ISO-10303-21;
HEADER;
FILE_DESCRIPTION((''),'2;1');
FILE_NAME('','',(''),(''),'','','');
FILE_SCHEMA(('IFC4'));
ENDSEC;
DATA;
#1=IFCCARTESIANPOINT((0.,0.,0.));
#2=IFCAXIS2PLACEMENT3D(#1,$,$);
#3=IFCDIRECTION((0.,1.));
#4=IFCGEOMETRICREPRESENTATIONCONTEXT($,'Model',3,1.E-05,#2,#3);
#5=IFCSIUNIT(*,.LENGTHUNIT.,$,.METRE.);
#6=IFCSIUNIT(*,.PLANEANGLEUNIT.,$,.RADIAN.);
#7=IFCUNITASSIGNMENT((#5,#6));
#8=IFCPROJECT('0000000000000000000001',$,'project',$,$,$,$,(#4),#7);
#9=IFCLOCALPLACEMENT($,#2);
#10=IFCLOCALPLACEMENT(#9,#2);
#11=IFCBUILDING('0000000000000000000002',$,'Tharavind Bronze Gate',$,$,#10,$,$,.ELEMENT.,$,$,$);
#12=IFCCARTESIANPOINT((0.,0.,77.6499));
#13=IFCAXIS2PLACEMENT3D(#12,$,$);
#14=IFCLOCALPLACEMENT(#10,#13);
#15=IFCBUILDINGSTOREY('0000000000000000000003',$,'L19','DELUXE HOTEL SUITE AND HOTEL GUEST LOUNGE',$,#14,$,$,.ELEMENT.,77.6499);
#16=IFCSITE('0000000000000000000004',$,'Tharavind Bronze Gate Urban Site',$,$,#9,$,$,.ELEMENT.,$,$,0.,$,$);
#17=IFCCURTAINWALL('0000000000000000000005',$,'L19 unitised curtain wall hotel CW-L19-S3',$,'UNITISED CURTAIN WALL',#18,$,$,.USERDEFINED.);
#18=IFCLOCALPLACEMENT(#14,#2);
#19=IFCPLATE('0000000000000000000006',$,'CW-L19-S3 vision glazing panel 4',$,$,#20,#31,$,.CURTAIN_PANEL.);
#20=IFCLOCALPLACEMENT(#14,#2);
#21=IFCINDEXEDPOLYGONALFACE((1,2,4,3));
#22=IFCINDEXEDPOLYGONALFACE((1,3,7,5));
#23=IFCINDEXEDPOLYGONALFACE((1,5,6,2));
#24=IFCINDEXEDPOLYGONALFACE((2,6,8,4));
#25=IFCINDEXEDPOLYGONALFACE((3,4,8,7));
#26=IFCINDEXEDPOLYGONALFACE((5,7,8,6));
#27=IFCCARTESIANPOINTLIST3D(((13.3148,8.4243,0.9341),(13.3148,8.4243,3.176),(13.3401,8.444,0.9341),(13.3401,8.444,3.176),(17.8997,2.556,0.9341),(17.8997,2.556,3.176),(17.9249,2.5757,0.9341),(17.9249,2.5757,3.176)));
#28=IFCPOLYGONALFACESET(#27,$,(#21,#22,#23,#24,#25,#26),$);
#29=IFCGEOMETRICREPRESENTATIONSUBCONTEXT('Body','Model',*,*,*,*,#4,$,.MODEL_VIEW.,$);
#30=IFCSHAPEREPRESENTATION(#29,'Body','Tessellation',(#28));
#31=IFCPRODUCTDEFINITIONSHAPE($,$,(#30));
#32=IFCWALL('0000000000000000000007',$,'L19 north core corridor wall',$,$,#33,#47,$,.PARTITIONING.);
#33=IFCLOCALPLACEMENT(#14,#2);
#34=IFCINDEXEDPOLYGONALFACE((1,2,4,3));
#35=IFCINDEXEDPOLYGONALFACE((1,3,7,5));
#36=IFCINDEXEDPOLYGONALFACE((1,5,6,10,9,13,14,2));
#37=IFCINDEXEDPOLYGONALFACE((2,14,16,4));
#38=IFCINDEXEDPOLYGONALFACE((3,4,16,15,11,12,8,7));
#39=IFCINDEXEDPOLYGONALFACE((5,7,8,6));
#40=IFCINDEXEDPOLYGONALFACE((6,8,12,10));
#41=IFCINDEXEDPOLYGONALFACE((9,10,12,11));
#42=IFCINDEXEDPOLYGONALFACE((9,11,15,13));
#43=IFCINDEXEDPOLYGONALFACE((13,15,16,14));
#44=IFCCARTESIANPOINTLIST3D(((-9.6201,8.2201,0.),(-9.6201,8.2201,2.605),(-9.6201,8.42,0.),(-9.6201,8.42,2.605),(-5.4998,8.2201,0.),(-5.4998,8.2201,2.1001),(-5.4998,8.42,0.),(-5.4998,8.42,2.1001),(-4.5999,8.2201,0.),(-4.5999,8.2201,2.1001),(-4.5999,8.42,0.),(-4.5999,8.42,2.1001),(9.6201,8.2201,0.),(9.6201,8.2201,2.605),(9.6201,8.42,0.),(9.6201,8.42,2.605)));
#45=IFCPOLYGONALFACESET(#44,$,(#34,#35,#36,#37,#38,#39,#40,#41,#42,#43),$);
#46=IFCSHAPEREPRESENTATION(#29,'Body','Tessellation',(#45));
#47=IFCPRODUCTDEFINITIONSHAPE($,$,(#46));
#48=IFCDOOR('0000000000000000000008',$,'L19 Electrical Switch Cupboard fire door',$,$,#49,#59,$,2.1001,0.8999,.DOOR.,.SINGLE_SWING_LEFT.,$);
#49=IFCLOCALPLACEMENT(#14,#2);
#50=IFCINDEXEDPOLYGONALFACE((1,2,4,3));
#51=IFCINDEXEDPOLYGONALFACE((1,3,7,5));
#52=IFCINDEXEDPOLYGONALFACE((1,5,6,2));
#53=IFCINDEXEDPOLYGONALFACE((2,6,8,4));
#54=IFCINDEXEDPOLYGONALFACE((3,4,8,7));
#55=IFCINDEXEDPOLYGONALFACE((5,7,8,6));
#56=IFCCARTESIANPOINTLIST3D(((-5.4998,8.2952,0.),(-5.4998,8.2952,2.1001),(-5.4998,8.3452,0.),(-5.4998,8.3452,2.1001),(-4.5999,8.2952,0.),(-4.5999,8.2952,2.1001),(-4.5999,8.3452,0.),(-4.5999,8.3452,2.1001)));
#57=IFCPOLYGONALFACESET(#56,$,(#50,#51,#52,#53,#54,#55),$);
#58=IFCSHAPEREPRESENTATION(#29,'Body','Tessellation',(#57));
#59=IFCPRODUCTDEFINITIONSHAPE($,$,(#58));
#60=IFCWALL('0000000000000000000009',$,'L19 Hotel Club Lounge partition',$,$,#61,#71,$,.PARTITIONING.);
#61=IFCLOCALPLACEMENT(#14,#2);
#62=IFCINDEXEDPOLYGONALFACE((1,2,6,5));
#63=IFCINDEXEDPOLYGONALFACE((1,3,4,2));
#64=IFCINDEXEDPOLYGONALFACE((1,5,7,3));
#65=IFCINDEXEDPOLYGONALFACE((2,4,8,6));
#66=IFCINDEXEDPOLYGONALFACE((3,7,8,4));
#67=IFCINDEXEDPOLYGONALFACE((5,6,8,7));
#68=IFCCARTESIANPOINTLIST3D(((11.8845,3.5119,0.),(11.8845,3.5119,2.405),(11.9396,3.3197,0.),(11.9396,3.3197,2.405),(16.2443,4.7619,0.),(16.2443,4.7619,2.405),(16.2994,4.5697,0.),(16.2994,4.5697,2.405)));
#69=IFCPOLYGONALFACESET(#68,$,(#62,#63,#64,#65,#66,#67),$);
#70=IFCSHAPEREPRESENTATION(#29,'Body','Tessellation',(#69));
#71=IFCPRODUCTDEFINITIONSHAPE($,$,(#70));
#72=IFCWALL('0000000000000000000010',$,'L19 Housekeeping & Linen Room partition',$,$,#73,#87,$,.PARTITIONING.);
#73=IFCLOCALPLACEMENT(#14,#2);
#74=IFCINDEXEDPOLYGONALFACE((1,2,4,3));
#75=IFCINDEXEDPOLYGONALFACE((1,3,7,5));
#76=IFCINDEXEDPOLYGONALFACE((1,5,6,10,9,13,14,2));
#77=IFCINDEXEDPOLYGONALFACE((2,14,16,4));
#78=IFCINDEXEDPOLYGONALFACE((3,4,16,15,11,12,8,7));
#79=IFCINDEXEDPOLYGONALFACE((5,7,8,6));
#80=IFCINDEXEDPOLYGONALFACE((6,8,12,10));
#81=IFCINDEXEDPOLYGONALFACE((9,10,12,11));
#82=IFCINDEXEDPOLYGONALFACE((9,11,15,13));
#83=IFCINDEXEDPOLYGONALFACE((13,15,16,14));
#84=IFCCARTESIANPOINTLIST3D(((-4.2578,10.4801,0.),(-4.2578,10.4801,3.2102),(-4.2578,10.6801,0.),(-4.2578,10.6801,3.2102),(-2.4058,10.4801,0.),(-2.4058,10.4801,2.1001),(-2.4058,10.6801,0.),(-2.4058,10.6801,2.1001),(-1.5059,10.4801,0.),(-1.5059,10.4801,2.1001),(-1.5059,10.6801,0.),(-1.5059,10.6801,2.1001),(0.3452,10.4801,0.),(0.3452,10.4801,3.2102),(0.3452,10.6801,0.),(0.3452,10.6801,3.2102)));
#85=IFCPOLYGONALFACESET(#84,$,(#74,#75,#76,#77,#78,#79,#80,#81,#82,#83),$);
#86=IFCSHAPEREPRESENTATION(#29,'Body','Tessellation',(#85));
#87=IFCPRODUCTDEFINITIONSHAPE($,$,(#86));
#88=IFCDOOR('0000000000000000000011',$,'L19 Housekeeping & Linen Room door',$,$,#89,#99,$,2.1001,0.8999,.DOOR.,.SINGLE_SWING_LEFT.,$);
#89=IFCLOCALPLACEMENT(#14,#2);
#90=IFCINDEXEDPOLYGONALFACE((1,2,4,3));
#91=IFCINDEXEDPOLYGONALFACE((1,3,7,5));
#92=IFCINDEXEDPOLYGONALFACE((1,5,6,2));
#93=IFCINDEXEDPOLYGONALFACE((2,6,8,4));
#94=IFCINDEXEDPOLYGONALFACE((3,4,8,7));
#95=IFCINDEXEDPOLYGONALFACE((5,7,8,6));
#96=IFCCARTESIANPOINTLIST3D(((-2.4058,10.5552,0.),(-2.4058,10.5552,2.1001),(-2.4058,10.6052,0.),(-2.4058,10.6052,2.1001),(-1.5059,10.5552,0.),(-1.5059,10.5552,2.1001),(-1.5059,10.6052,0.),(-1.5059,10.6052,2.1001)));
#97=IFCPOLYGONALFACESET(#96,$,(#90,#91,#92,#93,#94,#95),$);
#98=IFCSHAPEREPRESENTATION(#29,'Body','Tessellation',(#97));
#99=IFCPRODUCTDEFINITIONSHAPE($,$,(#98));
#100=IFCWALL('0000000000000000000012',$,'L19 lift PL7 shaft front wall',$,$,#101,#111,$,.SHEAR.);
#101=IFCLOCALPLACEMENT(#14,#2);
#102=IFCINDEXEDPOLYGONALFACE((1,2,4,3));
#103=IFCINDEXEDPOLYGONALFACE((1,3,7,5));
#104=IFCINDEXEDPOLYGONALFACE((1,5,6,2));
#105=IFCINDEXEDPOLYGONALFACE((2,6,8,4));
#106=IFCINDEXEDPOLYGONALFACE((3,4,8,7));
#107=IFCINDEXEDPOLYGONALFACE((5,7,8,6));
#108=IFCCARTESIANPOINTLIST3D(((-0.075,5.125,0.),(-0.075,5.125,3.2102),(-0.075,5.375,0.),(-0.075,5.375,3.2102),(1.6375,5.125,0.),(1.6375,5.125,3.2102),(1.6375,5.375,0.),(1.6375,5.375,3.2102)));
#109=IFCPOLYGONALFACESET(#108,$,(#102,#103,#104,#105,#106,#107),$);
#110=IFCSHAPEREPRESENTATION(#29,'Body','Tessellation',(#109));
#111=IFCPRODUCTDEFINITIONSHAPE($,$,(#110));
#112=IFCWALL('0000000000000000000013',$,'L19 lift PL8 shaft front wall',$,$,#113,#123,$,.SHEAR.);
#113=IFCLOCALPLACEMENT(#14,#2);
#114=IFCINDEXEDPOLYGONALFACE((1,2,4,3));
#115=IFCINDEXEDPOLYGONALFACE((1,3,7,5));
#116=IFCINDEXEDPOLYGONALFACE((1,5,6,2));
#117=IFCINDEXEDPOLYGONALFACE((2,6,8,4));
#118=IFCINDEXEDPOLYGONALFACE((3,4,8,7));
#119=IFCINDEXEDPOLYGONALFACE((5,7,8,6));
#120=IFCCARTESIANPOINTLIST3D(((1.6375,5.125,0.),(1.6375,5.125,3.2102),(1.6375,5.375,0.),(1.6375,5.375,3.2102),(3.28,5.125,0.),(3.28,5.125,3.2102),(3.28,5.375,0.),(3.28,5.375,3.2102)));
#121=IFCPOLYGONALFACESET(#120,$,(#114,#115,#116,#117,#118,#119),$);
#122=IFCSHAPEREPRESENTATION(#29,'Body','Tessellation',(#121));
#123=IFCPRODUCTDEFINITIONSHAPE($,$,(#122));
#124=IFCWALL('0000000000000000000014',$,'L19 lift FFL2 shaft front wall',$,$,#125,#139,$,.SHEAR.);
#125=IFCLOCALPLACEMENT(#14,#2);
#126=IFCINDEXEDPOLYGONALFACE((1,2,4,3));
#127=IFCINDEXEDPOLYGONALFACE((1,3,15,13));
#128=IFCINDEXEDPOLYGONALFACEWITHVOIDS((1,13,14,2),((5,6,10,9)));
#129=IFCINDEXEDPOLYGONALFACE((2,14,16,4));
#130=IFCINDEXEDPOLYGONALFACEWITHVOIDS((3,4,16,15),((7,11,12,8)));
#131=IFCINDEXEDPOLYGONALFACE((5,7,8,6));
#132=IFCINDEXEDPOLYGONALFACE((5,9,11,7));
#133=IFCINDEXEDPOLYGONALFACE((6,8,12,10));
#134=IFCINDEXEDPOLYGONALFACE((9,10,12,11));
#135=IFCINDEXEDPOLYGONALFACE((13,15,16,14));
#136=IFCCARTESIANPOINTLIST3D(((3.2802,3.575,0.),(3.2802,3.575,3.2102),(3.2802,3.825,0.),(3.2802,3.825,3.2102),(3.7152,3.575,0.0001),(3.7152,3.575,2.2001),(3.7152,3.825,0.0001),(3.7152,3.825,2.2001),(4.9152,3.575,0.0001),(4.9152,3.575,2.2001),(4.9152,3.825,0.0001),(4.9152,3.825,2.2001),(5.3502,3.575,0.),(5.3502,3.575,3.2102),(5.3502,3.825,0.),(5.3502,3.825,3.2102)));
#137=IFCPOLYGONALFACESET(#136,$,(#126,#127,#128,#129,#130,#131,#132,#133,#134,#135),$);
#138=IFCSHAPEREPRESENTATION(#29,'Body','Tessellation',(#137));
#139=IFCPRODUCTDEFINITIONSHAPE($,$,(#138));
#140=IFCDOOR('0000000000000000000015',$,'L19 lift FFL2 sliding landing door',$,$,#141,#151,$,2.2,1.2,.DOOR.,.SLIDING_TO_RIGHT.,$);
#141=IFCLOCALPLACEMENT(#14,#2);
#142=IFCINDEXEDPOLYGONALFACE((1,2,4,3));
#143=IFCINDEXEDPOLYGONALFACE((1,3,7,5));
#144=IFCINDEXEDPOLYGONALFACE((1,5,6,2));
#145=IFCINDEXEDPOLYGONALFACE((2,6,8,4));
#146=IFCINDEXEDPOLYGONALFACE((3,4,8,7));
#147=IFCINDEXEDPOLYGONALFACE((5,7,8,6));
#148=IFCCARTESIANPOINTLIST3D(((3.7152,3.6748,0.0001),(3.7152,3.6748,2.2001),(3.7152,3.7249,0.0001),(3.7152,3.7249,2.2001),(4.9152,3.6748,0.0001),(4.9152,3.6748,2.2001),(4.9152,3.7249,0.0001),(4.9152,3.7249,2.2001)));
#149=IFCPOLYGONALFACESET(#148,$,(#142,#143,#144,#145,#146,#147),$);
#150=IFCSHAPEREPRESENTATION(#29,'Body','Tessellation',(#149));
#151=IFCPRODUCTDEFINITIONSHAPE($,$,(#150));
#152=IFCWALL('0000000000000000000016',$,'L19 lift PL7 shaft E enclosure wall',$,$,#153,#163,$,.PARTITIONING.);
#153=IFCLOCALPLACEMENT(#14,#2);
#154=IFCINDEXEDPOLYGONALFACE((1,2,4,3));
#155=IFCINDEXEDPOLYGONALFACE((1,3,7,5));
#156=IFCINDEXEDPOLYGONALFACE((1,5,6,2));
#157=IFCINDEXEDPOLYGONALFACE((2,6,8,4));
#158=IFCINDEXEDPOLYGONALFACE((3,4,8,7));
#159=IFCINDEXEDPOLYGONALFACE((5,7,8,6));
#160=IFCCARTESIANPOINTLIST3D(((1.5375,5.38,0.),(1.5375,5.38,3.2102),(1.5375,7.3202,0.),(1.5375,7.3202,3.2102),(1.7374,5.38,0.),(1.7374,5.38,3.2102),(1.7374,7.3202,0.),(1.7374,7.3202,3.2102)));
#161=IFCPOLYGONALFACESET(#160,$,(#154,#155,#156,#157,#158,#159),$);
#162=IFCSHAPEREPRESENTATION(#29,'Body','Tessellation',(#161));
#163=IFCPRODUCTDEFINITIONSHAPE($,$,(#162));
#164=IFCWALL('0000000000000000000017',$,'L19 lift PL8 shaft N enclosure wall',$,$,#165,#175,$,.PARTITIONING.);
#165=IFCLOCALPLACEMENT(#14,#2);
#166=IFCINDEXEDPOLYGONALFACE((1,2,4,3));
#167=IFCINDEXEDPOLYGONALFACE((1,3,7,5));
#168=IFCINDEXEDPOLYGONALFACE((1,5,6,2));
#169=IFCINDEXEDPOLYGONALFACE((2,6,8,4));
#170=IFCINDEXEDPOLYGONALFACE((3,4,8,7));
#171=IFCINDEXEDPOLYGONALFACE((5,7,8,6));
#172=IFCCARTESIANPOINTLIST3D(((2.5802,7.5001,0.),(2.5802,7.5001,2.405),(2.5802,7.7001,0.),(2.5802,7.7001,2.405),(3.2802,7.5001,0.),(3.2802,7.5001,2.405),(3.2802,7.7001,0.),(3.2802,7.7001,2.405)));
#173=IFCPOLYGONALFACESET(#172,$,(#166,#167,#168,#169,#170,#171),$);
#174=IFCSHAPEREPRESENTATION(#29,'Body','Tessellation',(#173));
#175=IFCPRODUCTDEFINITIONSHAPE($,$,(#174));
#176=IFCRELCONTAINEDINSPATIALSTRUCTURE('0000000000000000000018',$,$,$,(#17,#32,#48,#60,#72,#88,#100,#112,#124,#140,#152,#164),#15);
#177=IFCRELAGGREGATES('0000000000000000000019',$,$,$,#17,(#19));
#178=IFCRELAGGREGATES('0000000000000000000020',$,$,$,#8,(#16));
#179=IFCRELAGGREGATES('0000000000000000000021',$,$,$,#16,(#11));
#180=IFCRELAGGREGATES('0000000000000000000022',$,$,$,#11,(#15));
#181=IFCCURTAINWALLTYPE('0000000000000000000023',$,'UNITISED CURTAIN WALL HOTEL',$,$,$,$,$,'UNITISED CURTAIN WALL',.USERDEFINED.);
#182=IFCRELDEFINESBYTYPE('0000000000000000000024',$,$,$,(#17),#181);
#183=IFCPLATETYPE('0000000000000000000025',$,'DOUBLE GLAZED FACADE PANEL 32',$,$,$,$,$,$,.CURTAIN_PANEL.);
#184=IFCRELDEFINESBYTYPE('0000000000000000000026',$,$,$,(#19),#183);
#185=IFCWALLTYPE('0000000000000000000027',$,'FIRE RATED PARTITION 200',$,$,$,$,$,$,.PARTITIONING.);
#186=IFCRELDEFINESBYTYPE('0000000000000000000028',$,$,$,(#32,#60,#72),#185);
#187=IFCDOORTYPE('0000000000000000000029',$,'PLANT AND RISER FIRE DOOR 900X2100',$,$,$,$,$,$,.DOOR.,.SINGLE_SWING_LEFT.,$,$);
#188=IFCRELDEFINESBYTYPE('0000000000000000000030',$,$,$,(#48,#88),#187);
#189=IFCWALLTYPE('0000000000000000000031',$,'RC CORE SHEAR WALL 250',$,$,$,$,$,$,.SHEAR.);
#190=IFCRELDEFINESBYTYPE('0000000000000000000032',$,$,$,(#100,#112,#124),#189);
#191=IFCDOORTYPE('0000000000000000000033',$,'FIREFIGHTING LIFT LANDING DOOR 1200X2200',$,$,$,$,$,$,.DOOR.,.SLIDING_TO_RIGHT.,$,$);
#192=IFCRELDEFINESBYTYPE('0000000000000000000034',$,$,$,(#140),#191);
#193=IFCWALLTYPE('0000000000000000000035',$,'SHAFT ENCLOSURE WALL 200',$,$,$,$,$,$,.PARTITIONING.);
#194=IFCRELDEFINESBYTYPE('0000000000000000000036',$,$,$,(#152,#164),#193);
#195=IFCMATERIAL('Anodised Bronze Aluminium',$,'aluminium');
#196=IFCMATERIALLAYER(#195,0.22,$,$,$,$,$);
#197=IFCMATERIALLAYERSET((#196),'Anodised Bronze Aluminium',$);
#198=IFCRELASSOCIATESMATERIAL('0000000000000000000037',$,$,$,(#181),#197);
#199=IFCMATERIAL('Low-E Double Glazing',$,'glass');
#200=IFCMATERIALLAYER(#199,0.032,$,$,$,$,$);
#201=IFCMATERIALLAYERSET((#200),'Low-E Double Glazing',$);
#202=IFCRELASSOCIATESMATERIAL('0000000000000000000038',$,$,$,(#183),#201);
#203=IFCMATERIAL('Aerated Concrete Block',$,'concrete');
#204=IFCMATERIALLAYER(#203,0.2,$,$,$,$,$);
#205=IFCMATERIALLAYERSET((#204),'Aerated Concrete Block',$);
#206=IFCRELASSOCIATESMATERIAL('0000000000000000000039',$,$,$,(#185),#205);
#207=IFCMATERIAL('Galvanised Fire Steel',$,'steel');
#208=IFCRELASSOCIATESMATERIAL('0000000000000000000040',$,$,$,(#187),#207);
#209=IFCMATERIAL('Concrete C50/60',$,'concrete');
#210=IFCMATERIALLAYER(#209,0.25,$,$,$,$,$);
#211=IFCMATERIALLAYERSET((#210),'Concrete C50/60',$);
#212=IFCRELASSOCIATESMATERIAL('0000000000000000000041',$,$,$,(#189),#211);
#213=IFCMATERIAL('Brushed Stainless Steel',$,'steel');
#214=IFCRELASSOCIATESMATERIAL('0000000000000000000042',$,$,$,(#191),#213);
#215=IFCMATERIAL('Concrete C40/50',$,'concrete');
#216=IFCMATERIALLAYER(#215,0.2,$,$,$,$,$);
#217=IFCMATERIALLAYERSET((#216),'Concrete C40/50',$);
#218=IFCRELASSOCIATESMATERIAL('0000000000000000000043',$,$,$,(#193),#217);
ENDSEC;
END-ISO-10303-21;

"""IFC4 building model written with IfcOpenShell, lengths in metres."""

from ifc_helpers import new_model, si_unit, direction, frame, frame_2d, origin, origin_2d, place, context, subcontext, project, spatial, rectangle, extrude, material, layer, layer_set, type_object, element, fill, aggregate, save


model = new_model("IFC4")

# Units and contexts
model_context = context("Model", 3, precision=1e-05, world=origin(), true_north=direction((0.0, 1.0)))
body_context = subcontext(model_context, "Body", "Model", "MODEL_VIEW")
ifc_project = project(units=[si_unit("LENGTHUNIT", "METRE"), si_unit("PLANEANGLEUNIT", "RADIAN")], contexts=[model_context])

# Site, building, storey
site_placement = place(None, origin())
site = spatial("IfcSite", under=ifc_project, at=site_placement, Name="Tharavind Bronze Gate Urban Site", CompositionType="ELEMENT", RefElevation=0.0)
building_placement = place(site_placement, origin())
building = spatial("IfcBuilding", under=site, at=building_placement, Name="Tharavind Bronze Gate", CompositionType="ELEMENT")
storey_placement = place(building_placement, frame((0.0, 0.0, 77.6499)))
storey = spatial("IfcBuildingStorey", under=building, at=storey_placement, Name="L19", Description="DELUXE HOTEL SUITE AND HOTEL GUEST LOUNGE", CompositionType="ELEMENT", Elevation=77.6499)

# Curtain wall
ifc_material_1 = material(Name="Anodised Bronze Aluminium", Category="aluminium")
ifc_layer_1 = layer(ifc_material_1, 0.22)
ifc_layer_set_1 = layer_set([ifc_layer_1], Name="Anodised Bronze Aluminium")
curtain_wall_type = type_object("IfcCurtainWallType", Name="UNITISED CURTAIN WALL HOTEL", ElementType="UNITISED CURTAIN WALL", PredefinedType="USERDEFINED", material=ifc_layer_set_1)
curtain_wall_placement = place(storey_placement, origin())
curtain_wall = element("IfcCurtainWall", 1, at=curtain_wall_placement, inside=storey, type_object=curtain_wall_type, Name="L19 unitised curtain wall hotel CW-L19-S3", ObjectType="UNITISED CURTAIN WALL", PredefinedType="USERDEFINED")

# Plate
ifc_material_2 = material(Name="Low-E Double Glazing", Category="glass")
ifc_layer_2 = layer(ifc_material_2, 0.032)
ifc_layer_set_2 = layer_set([ifc_layer_2], Name="Low-E Double Glazing")
plate_type_1 = type_object("IfcPlateType", Name="DOUBLE GLAZED FACADE PANEL 32", PredefinedType="CURTAIN_PANEL", material=ifc_layer_set_2)
plate_1_placement = place(storey_placement, frame((15.6199, 5.5, 0.9341), z_axis=(0.0, 0.0, 1.0), x_axis=(-0.615661, 0.788011, 0.0)))
plate_1 = element("IfcPlate", 2, at=plate_1_placement, type_object=plate_type_1, Name="CW-L19-S3 vision glazing panel 4", PredefinedType="CURTAIN_PANEL", context=body_context, shape_type="SweptSolid", body=[
    extrude(rectangle(XDim=7.447, YDim=0.032, at=origin_2d()), origin(), (0.0, 0.0, 1.0), 2.2419),
])
aggregate(curtain_wall, [plate_1])

# Wall, opening, door
ifc_material_3 = material(Name="Aerated Concrete Block", Category="concrete")
ifc_layer_3 = layer(ifc_material_3, 0.2)
ifc_layer_set_3 = layer_set([ifc_layer_3], Name="Aerated Concrete Block")
wall_type_1 = type_object("IfcWallType", Name="FIRE RATED PARTITION 200", PredefinedType="PARTITIONING", material=ifc_layer_set_3)
wall_1_placement = place(storey_placement, frame((9.6201, 8.3201, 0.0), z_axis=(0.0, 0.0, 1.0), x_axis=(-1.0, 0.0, 0.0)))
wall_1 = element("IfcWall", 3, at=wall_1_placement, inside=storey, type_object=wall_type_1, Name="L19 north core corridor wall", PredefinedType="PARTITIONING", context=body_context, shape_type="SweptSolid", body=[
    extrude(rectangle(XDim=19.2402, YDim=0.2, at=frame_2d((9.6201, 0.0))), origin(), (0.0, 0.0, 1.0), 2.605),
])
opening_1_placement = place(wall_1_placement, frame((14.22, 0.0, 0.0)))
opening_1 = element("IfcOpeningElement", 4, at=opening_1_placement, cuts=wall_1, PredefinedType="OPENING", context=body_context, shape_type="SweptSolid", body=[
    extrude(rectangle(XDim=0.8999, YDim=2.1001, at=frame_2d((0.45, 1.05))), frame((0.0, 0.1101, 0.0), z_axis=(0.0, -1.0, 0.0), x_axis=(1.0, 0.0, 0.0)), (0.0, 0.0, 1.0), 0.22),
])
ifc_material_4 = material(Name="Galvanised Fire Steel", Category="steel")
door_type_1 = type_object("IfcDoorType", Name="PLANT AND RISER FIRE DOOR 900X2100", OperationType="SINGLE_SWING_LEFT", PredefinedType="DOOR", material=ifc_material_4)
door_1_placement = place(opening_1_placement, origin())
door_1 = element("IfcDoor", 5, at=door_1_placement, inside=storey, type_object=door_type_1, Name="L19 Electrical Switch Cupboard fire door", OperationType="SINGLE_SWING_LEFT", OverallHeight=2.1001, OverallWidth=0.8999, PredefinedType="DOOR", context=body_context, shape_type="SweptSolid", body=[
    extrude(rectangle(XDim=0.8999, YDim=2.1001, at=frame_2d((0.45, 1.05))), frame((0.0, 0.0249, 0.0), z_axis=(0.0, -1.0, 0.0), x_axis=(1.0, 0.0, 0.0)), (0.0, 0.0, 1.0), 0.05),
])
fill(opening_1, door_1)

# Wall
wall_2_placement = place(storey_placement, frame((16.2717, 4.6658, 0.0), z_axis=(0.0, 0.0, 1.0), x_axis=(-0.961272, -0.275603, 0.0)))
element("IfcWall", 6, at=wall_2_placement, inside=storey, type_object=wall_type_1, Name="L19 Hotel Club Lounge partition", PredefinedType="PARTITIONING", context=body_context, shape_type="SweptSolid", body=[
    extrude(rectangle(XDim=4.5354, YDim=0.2, at=frame_2d((2.2676, 0.0))), origin(), (0.0, 0.0, 1.0), 2.405),
])

# Wall, opening, door
wall_3_placement = place(storey_placement, frame((0.3452, 10.5801, 0.0), z_axis=(0.0, 0.0, 1.0), x_axis=(-1.0, 0.0, 0.0)))
wall_3 = element("IfcWall", 7, at=wall_3_placement, inside=storey, type_object=wall_type_1, Name="L19 Housekeeping & Linen Room partition", PredefinedType="PARTITIONING", context=body_context, shape_type="SweptSolid", body=[
    extrude(rectangle(XDim=4.603, YDim=0.2, at=frame_2d((2.3015, 0.0))), origin(), (0.0, 0.0, 1.0), 3.2102),
])
opening_2_placement = place(wall_3_placement, frame((1.8511, 0.0, 0.0)))
opening_2 = element("IfcOpeningElement", 8, at=opening_2_placement, cuts=wall_3, PredefinedType="OPENING", context=body_context, shape_type="SweptSolid", body=[
    extrude(rectangle(XDim=0.8999, YDim=2.1001, at=frame_2d((0.45, 1.05))), frame((0.0, 0.1101, 0.0), z_axis=(0.0, -1.0, 0.0), x_axis=(1.0, 0.0, 0.0)), (0.0, 0.0, 1.0), 0.22),
])
door_2_placement = place(opening_2_placement, origin())
door_2 = element("IfcDoor", 9, at=door_2_placement, inside=storey, type_object=door_type_1, Name="L19 Housekeeping & Linen Room door", OperationType="SINGLE_SWING_LEFT", OverallHeight=2.1001, OverallWidth=0.8999, PredefinedType="DOOR", context=body_context, shape_type="SweptSolid", body=[
    extrude(rectangle(XDim=0.8999, YDim=2.1001, at=frame_2d((0.45, 1.05))), frame((0.0, 0.0249, 0.0), z_axis=(0.0, -1.0, 0.0), x_axis=(1.0, 0.0, 0.0)), (0.0, 0.0, 1.0), 0.05),
])
fill(opening_2, door_2)
ifc_material_5 = material(Name="Concrete C50/60", Category="concrete")
ifc_layer_4 = layer(ifc_material_5, 0.25)
ifc_layer_set_4 = layer_set([ifc_layer_4], Name="Concrete C50/60")
wall_type_2 = type_object("IfcWallType", Name="RC CORE SHEAR WALL 250", PredefinedType="SHEAR", material=ifc_layer_set_4)

# Walls
wall_4_placement = place(storey_placement, frame((-0.075, 5.25, 0.0), z_axis=(0.0, 0.0, 1.0), x_axis=(1.0, 0.0, 0.0)))
element("IfcWall", 10, at=wall_4_placement, inside=storey, type_object=wall_type_2, Name="L19 lift PL7 shaft front wall", PredefinedType="SHEAR", context=body_context, shape_type="SweptSolid", body=[
    extrude(rectangle(XDim=1.7124, YDim=0.25, at=frame_2d((0.8562, 0.0))), origin(), (0.0, 0.0, 1.0), 3.2102),
])
wall_5_placement = place(storey_placement, frame((1.6375, 5.25, 0.0), z_axis=(0.0, 0.0, 1.0), x_axis=(1.0, 0.0, 0.0)))
element("IfcWall", 11, at=wall_5_placement, inside=storey, type_object=wall_type_2, Name="L19 lift PL8 shaft front wall", PredefinedType="SHEAR", context=body_context, shape_type="SweptSolid", body=[
    extrude(rectangle(XDim=1.6426, YDim=0.25, at=frame_2d((0.8213, 0.0))), origin(), (0.0, 0.0, 1.0), 3.2102),
])

# Wall, opening, door
wall_6_placement = place(storey_placement, frame((3.28, 3.7, 0.0), z_axis=(0.0, 0.0, 1.0), x_axis=(1.0, 0.0, 0.0)))
wall_6 = element("IfcWall", 12, at=wall_6_placement, inside=storey, type_object=wall_type_2, Name="L19 lift FFL2 shaft front wall", PredefinedType="SHEAR", context=body_context, shape_type="SweptSolid", body=[
    extrude(rectangle(XDim=2.0701, YDim=0.25, at=frame_2d((1.0352, 0.0))), origin(), (0.0, 0.0, 1.0), 3.2102),
])
opening_3_placement = place(wall_6_placement, frame((0.4351, 0.0, 0.0)))
opening_3 = element("IfcOpeningElement", 13, at=opening_3_placement, cuts=wall_6, PredefinedType="OPENING", context=body_context, shape_type="SweptSolid", body=[
    extrude(rectangle(XDim=1.2, YDim=2.2, at=frame_2d((0.6001, 1.1001))), frame((0.0, 0.135, 0.0), z_axis=(0.0, -1.0, 0.0), x_axis=(1.0, 0.0, 0.0)), (0.0, 0.0, 1.0), 0.27),
])
ifc_material_6 = material(Name="Brushed Stainless Steel", Category="steel")
door_type_2 = type_object("IfcDoorType", Name="FIREFIGHTING LIFT LANDING DOOR 1200X2200", OperationType="SLIDING_TO_RIGHT", PredefinedType="DOOR", material=ifc_material_6)
door_3_placement = place(opening_3_placement, origin())
door_3 = element("IfcDoor", 14, at=door_3_placement, inside=storey, type_object=door_type_2, Name="L19 lift FFL2 sliding landing door", OperationType="SLIDING_TO_RIGHT", OverallHeight=2.2, OverallWidth=1.2, PredefinedType="DOOR", context=body_context, shape_type="SweptSolid", body=[
    extrude(rectangle(XDim=1.2, YDim=2.2, at=frame_2d((0.6001, 1.1001))), frame((0.0, 0.0249, 0.0), z_axis=(0.0, -1.0, 0.0), x_axis=(1.0, 0.0, 0.0)), (0.0, 0.0, 1.0), 0.05),
])
fill(opening_3, door_3)

# Walls
ifc_material_7 = material(Name="Concrete C40/50", Category="concrete")
ifc_layer_5 = layer(ifc_material_7, 0.2)
ifc_layer_set_5 = layer_set([ifc_layer_5], Name="Concrete C40/50")
wall_type_3 = type_object("IfcWallType", Name="SHAFT ENCLOSURE WALL 200", PredefinedType="PARTITIONING", material=ifc_layer_set_5)
wall_7_placement = place(storey_placement, frame((1.6375, 5.3799, 0.0), z_axis=(0.0, 0.0, 1.0), x_axis=(0.0, 1.0, 0.0)))
element("IfcWall", 15, at=wall_7_placement, inside=storey, type_object=wall_type_3, Name="L19 lift PL7 shaft E enclosure wall", PredefinedType="PARTITIONING", context=body_context, shape_type="SweptSolid", body=[
    extrude(rectangle(XDim=1.9402, YDim=0.2, at=frame_2d((0.9702, 0.0))), origin(), (0.0, 0.0, 1.0), 3.2102),
])
wall_8_placement = place(storey_placement, frame((2.5801, 7.6001, 0.0), z_axis=(0.0, 0.0, 1.0), x_axis=(1.0, 0.0, 0.0)))
element("IfcWall", 16, at=wall_8_placement, inside=storey, type_object=wall_type_3, Name="L19 lift PL8 shaft N enclosure wall", PredefinedType="PARTITIONING", context=body_context, shape_type="SweptSolid", body=[
    extrude(rectangle(XDim=0.7, YDim=0.2, at=frame_2d((0.3501, 0.0))), origin(), (0.0, 0.0, 1.0), 2.405),
])

save(model, "model.ifc")
